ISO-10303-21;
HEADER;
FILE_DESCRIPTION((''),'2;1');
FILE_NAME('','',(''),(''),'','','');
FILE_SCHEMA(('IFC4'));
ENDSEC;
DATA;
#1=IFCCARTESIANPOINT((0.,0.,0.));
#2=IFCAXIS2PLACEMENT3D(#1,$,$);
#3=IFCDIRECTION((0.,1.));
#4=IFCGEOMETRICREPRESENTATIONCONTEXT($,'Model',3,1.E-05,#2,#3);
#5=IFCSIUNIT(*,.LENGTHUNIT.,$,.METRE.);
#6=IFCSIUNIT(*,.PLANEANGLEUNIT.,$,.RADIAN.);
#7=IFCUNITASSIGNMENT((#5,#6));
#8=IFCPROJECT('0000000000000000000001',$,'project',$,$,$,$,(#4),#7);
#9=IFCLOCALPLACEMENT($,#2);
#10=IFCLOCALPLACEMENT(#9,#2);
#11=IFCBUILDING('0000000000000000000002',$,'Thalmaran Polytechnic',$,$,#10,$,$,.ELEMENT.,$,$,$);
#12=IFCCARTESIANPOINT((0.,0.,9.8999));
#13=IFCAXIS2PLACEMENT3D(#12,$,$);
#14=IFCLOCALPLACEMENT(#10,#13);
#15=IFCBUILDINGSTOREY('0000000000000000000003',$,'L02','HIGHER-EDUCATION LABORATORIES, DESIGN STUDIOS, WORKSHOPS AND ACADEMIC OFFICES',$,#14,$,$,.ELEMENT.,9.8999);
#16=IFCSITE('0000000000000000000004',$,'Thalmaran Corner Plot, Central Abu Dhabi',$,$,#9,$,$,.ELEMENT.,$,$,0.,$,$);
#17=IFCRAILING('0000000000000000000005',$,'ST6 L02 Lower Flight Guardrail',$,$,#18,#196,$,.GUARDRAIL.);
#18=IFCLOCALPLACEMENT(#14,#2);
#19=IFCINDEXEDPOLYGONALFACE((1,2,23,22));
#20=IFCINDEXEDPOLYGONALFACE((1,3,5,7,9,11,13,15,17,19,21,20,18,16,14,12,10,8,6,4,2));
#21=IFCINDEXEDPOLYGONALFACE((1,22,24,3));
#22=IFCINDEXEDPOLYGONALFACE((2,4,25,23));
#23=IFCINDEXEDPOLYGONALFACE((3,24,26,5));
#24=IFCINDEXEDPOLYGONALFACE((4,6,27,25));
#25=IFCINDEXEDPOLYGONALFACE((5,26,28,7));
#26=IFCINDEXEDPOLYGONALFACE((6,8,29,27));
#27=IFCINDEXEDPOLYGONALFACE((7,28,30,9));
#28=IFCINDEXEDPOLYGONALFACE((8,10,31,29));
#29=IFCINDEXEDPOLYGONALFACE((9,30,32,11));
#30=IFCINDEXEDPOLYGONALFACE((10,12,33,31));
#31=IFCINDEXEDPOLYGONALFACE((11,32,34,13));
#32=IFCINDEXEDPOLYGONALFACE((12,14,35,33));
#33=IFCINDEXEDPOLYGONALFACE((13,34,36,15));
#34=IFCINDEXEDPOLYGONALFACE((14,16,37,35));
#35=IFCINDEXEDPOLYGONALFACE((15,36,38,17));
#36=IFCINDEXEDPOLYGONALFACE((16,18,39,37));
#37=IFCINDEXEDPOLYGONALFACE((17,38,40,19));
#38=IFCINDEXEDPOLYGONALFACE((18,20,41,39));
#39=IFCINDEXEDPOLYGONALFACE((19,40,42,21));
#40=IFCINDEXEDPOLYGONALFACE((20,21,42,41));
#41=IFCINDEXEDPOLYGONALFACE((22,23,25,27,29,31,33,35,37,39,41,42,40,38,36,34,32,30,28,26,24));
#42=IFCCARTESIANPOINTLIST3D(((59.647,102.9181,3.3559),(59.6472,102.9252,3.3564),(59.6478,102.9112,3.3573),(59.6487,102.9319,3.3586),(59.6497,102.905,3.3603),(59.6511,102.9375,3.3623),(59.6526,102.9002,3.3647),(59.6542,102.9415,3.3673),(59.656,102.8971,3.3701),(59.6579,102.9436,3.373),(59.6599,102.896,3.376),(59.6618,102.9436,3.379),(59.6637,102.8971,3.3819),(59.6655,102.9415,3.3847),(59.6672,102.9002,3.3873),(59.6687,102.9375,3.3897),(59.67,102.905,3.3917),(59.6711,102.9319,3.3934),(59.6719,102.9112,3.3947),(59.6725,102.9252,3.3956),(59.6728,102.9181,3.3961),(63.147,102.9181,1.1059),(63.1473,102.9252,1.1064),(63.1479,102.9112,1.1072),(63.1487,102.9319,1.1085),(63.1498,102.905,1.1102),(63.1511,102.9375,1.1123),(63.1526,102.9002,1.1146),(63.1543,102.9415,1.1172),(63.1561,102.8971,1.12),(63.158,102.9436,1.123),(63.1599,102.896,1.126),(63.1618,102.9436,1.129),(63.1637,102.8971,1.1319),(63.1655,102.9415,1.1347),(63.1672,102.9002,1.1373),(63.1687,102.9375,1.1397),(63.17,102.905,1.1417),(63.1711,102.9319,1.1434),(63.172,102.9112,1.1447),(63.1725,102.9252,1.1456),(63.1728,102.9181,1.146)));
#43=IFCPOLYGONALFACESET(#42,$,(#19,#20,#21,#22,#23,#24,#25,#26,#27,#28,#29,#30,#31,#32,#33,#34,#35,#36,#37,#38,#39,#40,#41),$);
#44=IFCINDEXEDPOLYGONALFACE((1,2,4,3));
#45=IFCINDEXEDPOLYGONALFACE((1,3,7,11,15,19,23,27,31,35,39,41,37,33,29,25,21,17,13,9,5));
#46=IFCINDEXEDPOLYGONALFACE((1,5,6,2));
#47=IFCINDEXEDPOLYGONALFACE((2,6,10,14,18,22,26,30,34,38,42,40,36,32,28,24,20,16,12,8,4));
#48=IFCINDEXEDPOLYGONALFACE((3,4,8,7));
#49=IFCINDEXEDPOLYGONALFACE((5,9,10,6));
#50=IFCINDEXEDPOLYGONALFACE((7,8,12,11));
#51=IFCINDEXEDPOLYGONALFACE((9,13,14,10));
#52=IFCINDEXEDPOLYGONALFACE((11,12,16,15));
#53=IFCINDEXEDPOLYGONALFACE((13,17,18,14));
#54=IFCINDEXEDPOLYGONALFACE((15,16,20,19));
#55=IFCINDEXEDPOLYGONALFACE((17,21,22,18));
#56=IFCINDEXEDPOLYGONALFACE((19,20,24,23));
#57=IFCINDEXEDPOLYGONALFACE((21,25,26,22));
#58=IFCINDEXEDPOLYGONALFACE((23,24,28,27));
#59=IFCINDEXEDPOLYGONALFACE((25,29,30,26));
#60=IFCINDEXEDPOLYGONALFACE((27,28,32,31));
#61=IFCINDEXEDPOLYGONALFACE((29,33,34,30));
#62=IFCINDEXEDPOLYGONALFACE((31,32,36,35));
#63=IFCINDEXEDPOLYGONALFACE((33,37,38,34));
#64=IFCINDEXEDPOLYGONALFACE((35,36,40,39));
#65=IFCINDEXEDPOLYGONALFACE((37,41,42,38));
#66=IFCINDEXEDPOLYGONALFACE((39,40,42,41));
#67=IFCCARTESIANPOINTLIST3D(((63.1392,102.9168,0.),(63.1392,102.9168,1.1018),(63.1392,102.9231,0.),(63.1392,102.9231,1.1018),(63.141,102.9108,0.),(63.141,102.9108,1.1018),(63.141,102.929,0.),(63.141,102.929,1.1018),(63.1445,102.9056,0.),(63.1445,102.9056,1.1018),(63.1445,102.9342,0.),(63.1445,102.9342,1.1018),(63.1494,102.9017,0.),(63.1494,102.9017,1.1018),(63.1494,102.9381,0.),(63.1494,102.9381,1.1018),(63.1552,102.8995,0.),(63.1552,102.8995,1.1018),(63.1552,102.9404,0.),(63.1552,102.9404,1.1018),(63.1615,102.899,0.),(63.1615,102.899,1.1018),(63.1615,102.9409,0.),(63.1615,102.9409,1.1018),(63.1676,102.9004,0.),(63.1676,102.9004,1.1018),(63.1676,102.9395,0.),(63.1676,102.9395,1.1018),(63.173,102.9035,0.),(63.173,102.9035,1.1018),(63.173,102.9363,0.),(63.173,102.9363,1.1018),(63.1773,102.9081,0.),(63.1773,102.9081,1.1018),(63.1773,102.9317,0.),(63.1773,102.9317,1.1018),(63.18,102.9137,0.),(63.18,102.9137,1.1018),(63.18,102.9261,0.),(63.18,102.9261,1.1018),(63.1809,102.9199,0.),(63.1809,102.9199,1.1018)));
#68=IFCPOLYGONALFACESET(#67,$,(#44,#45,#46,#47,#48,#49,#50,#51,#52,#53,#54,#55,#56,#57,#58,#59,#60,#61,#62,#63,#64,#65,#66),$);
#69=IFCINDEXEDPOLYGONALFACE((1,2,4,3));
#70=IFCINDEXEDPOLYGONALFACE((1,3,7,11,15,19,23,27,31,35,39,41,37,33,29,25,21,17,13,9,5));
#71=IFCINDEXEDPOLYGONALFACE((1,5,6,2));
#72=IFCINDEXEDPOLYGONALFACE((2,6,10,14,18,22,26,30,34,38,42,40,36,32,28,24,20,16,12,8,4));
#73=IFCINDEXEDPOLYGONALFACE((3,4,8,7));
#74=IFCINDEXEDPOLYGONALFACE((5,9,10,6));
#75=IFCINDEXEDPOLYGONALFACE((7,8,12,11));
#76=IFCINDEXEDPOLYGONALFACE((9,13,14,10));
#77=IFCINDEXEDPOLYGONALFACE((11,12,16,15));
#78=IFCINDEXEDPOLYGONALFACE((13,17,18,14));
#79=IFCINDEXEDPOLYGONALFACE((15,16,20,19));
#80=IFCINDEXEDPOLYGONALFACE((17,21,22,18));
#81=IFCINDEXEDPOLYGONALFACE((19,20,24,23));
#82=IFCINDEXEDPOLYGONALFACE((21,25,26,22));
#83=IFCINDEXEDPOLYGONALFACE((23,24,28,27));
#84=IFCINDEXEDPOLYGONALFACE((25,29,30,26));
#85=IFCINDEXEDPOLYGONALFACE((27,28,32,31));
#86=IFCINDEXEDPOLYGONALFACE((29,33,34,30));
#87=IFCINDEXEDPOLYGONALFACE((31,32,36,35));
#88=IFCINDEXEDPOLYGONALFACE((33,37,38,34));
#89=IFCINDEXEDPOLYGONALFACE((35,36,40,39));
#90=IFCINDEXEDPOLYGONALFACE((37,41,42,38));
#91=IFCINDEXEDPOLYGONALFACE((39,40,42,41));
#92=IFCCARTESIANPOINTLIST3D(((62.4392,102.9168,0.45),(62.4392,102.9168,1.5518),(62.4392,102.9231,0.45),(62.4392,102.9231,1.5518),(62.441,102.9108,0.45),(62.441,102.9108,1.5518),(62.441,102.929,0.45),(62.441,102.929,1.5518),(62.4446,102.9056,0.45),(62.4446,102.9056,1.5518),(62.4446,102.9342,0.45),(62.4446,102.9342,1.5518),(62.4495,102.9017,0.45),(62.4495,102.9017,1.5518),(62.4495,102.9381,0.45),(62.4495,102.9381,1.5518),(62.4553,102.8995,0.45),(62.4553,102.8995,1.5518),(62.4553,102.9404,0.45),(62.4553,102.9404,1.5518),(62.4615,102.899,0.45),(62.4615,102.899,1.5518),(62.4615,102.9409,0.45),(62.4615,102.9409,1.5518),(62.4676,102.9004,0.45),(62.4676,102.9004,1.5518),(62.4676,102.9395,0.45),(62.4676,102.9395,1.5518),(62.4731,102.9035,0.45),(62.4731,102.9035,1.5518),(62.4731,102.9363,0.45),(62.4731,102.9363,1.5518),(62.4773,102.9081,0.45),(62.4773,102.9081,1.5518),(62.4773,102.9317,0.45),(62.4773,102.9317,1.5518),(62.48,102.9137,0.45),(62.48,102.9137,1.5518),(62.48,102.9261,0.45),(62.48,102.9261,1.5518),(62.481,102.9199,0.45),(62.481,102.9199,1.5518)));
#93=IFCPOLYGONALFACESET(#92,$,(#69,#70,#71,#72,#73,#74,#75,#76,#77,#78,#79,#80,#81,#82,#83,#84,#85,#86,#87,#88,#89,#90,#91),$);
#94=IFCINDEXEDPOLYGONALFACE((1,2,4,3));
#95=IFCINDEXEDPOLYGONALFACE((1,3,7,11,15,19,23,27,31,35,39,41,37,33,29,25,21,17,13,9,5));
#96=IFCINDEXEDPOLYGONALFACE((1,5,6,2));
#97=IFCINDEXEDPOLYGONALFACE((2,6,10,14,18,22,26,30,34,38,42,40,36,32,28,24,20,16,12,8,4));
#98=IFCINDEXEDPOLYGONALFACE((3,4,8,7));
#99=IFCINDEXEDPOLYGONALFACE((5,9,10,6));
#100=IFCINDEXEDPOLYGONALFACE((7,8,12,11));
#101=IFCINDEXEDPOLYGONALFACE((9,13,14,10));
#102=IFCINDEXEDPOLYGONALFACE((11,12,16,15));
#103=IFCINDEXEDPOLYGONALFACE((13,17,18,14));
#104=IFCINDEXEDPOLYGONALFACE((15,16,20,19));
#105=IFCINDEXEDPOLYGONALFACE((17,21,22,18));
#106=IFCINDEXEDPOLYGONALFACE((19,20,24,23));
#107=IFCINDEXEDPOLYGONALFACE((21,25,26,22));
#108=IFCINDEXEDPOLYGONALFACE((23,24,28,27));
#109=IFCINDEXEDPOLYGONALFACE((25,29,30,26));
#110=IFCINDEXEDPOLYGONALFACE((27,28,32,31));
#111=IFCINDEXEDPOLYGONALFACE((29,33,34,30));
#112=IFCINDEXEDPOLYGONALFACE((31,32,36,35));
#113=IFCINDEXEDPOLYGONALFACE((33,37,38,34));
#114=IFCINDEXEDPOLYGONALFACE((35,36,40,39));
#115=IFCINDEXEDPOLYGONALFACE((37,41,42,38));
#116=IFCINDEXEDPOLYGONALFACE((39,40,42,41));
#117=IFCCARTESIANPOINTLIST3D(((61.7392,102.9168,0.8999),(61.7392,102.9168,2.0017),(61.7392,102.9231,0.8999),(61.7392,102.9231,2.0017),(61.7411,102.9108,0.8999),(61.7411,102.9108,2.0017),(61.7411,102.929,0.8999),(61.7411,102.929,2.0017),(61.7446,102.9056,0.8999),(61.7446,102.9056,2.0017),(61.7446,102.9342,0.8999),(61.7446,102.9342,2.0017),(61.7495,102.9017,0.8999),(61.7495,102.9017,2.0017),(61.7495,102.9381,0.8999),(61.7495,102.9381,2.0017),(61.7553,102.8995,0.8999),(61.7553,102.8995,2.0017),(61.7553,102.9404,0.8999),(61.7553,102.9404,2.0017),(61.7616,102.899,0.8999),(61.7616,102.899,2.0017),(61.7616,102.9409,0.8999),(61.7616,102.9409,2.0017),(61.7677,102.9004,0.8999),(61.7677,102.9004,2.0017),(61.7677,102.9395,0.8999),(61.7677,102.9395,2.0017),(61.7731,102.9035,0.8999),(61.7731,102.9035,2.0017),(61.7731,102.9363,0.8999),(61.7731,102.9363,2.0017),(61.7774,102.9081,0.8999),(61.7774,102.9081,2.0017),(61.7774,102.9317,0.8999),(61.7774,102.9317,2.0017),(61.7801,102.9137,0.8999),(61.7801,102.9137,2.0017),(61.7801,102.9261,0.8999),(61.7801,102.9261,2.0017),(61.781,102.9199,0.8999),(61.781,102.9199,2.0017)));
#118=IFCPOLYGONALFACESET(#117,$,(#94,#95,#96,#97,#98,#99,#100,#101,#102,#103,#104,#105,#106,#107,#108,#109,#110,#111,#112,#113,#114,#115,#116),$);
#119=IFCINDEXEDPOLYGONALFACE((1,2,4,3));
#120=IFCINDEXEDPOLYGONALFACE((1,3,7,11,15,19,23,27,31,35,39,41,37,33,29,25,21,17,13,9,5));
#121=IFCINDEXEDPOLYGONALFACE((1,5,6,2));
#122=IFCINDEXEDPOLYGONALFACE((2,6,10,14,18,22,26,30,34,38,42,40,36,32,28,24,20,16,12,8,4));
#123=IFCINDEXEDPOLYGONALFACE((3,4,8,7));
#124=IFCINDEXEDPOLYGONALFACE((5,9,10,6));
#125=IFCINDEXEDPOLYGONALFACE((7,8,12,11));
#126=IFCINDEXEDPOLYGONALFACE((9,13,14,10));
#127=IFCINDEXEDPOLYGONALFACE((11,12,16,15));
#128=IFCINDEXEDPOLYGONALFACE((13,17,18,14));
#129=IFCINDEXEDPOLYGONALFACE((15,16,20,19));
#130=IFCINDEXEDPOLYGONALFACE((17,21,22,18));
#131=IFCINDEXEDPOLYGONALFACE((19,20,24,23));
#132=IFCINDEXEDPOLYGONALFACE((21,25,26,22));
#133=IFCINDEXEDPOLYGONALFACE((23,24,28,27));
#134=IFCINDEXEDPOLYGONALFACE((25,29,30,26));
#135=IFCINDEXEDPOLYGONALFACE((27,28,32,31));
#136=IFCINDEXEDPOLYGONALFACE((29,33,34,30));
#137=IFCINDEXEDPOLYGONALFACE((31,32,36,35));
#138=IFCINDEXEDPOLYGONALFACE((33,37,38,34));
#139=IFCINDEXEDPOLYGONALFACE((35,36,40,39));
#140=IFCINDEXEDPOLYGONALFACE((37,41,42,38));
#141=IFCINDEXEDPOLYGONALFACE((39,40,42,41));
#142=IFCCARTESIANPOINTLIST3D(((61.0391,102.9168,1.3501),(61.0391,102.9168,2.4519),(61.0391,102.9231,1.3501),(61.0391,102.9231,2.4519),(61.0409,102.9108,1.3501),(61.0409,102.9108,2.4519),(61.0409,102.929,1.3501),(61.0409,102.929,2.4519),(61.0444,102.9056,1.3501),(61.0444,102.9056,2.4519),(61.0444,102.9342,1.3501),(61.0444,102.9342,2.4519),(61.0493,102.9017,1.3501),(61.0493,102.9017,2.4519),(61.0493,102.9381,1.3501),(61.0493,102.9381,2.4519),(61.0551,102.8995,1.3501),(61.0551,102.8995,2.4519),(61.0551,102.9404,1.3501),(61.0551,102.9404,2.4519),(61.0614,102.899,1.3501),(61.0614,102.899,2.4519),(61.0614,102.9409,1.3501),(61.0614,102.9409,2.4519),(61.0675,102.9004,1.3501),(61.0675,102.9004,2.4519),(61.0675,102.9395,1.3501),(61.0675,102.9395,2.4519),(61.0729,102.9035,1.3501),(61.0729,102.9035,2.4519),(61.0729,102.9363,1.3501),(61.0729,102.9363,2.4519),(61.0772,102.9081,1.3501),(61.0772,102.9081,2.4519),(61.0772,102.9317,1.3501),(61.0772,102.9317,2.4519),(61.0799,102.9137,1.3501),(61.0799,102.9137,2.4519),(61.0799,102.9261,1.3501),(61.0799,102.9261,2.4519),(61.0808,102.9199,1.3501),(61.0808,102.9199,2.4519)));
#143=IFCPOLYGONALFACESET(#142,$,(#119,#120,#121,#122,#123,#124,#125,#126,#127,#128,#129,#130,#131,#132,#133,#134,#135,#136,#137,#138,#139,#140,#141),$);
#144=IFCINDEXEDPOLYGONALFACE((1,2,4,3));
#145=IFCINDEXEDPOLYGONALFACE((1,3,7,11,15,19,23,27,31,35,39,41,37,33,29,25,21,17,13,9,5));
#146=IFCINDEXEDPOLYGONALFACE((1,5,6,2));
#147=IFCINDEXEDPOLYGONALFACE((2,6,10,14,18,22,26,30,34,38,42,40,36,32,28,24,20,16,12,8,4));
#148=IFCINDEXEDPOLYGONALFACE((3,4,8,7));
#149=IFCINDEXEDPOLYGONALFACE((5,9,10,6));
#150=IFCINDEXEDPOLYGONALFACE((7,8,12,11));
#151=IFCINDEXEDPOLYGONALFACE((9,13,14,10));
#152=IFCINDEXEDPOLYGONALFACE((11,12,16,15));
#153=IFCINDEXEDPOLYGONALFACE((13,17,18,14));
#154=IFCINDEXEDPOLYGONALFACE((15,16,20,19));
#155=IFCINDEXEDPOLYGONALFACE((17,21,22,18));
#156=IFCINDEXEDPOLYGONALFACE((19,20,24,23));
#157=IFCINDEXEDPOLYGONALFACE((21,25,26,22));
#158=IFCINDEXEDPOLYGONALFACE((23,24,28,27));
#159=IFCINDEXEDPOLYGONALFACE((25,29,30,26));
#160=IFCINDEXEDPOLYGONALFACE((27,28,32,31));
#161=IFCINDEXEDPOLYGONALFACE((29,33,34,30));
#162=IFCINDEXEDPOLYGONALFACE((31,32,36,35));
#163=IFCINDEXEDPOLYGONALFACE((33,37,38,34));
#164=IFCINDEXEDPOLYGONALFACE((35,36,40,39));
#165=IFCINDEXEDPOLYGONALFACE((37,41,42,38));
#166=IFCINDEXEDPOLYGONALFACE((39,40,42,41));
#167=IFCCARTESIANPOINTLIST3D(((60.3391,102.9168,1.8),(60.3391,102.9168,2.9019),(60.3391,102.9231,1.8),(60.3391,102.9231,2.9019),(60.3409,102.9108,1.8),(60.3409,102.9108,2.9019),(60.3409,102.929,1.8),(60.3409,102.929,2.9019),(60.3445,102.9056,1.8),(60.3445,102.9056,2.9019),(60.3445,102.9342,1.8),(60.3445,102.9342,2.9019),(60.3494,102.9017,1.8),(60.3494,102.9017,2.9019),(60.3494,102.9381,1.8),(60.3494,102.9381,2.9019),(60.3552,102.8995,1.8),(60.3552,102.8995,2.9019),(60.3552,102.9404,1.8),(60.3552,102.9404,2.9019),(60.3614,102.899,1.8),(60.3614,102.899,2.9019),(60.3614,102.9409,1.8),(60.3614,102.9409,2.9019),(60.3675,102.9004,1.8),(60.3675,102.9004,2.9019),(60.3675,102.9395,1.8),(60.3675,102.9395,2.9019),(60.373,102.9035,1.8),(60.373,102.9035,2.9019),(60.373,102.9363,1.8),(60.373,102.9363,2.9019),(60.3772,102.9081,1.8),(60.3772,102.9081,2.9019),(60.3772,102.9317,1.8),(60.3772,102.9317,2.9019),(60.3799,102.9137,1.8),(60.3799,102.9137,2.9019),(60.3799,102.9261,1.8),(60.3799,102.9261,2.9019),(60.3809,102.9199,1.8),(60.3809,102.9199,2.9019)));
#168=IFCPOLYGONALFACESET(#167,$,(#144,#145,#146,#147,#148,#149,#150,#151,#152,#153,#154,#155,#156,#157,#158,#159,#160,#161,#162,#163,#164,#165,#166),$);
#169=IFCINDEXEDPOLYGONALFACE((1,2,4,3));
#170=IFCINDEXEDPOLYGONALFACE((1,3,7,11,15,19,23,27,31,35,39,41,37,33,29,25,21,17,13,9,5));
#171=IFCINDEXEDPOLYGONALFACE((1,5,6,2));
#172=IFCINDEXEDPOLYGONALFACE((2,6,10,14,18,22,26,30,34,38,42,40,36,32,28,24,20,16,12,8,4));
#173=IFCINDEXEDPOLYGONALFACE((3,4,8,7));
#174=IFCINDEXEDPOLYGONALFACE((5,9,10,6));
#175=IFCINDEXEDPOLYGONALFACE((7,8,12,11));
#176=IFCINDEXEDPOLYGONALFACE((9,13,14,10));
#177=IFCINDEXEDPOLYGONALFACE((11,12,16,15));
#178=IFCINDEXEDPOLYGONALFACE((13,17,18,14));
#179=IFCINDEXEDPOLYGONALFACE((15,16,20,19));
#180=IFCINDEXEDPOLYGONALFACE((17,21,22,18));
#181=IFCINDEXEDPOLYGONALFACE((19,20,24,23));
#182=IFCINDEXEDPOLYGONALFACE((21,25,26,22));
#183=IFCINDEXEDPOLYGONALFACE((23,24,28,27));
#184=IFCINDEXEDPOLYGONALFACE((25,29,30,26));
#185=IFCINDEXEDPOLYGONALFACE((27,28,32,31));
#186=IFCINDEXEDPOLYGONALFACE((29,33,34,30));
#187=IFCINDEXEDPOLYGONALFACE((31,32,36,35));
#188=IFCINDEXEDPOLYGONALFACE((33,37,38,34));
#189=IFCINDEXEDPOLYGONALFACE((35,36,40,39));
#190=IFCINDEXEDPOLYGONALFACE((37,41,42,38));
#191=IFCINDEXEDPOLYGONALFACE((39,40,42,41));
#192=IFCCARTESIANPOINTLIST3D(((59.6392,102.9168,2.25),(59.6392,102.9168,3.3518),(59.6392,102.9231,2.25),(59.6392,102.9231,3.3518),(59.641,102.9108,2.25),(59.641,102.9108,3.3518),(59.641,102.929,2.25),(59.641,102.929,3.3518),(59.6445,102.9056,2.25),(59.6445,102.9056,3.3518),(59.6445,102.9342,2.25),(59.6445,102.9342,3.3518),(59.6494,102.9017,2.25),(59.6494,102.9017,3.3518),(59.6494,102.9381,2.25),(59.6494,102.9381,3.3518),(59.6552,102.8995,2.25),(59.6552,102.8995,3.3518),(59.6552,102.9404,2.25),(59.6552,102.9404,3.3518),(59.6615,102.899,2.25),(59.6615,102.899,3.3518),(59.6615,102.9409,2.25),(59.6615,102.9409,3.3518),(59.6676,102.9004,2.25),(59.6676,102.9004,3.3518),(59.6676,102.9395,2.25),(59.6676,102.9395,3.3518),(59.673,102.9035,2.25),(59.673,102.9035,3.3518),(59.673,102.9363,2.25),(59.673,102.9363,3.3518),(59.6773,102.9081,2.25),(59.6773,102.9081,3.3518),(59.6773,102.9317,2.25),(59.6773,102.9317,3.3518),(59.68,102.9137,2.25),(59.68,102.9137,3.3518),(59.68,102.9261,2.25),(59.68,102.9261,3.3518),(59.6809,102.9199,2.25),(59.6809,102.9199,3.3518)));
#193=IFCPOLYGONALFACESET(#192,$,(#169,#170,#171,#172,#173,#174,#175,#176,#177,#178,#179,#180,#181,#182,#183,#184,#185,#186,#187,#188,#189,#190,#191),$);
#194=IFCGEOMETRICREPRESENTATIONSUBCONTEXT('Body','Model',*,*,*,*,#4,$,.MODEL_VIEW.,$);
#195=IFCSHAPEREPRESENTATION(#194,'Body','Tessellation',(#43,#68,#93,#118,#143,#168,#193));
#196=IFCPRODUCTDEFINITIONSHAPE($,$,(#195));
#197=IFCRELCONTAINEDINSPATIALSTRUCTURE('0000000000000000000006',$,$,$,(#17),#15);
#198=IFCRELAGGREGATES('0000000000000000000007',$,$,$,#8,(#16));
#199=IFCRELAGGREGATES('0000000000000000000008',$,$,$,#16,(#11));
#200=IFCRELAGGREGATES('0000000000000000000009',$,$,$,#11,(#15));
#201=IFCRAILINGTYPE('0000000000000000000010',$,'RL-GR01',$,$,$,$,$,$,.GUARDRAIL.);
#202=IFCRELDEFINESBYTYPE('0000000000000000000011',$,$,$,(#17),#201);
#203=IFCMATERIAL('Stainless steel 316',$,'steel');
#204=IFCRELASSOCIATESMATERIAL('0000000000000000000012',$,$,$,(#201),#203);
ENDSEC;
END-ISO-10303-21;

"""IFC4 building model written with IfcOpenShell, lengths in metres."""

from ifc_helpers import new_model, si_unit, direction, frame, origin, origin_2d, place, context, subcontext, project, spatial, circle, extrude, material, type_object, element, save


model = new_model("IFC4")

# Units and contexts
model_context = context("Model", 3, precision=1e-05, world=origin(), true_north=direction((0.0, 1.0)))
body_context = subcontext(model_context, "Body", "Model", "MODEL_VIEW")
ifc_project = project(units=[si_unit("LENGTHUNIT", "METRE"), si_unit("PLANEANGLEUNIT", "RADIAN")], contexts=[model_context])

# Site, building, storey
site_placement = place(None, origin())
site = spatial("IfcSite", under=ifc_project, at=site_placement, Name="Thalmaran Corner Plot, Central Abu Dhabi", CompositionType="ELEMENT", RefElevation=0.0)
building_placement = place(site_placement, origin())
building = spatial("IfcBuilding", under=site, at=building_placement, Name="Thalmaran Polytechnic", CompositionType="ELEMENT")
storey_placement = place(building_placement, frame((0.0, 0.0, 9.8999)))
storey = spatial("IfcBuildingStorey", under=building, at=storey_placement, Name="L02", Description="HIGHER-EDUCATION LABORATORIES, DESIGN STUDIOS, WORKSHOPS AND ACADEMIC OFFICES", CompositionType="ELEMENT", Elevation=9.8999)

# Railing
ifc_material_1 = material(Name="Stainless steel 316", Category="steel")
railing_type_1 = type_object("IfcRailingType", Name="RL-GR01", PredefinedType="GUARDRAIL", material=ifc_material_1)
railing_1_placement = place(storey_placement, frame((63.1599, 102.9199, 0.0)))
element("IfcRailing", 1, at=railing_1_placement, inside=storey, type_object=railing_type_1, Name="ST6 L02 Lower Flight Guardrail", PredefinedType="GUARDRAIL", context=body_context, shape_type="SweptSolid", body=[
    extrude(circle(Radius=0.0239, at=origin_2d()), frame((0.0, 0.0, 1.126), z_axis=(-0.841178, 0.0, 0.540758), x_axis=(0.0, -1.0, 0.0)), (0.0, 0.0, 1.0), 4.1609),
    extrude(circle(Radius=0.021, at=origin_2d()), origin(), (0.0, 0.0, 1.0), 1.1018),
    extrude(circle(Radius=0.021, at=origin_2d()), frame((-0.7, 0.0, 0.45)), (0.0, 0.0, 1.0), 1.1018),
    extrude(circle(Radius=0.021, at=origin_2d()), frame((-1.3999, 0.0, 0.8999)), (0.0, 0.0, 1.0), 1.1018),
    extrude(circle(Radius=0.021, at=origin_2d()), frame((-2.1001, 0.0, 1.3501)), (0.0, 0.0, 1.0), 1.1018),
    extrude(circle(Radius=0.021, at=origin_2d()), frame((-2.8, 0.0, 1.8)), (0.0, 0.0, 1.0), 1.1018),
    extrude(circle(Radius=0.021, at=origin_2d()), frame((-3.5, 0.0, 2.25)), (0.0, 0.0, 1.0), 1.1018),
])

save(model, "model.ifc")
